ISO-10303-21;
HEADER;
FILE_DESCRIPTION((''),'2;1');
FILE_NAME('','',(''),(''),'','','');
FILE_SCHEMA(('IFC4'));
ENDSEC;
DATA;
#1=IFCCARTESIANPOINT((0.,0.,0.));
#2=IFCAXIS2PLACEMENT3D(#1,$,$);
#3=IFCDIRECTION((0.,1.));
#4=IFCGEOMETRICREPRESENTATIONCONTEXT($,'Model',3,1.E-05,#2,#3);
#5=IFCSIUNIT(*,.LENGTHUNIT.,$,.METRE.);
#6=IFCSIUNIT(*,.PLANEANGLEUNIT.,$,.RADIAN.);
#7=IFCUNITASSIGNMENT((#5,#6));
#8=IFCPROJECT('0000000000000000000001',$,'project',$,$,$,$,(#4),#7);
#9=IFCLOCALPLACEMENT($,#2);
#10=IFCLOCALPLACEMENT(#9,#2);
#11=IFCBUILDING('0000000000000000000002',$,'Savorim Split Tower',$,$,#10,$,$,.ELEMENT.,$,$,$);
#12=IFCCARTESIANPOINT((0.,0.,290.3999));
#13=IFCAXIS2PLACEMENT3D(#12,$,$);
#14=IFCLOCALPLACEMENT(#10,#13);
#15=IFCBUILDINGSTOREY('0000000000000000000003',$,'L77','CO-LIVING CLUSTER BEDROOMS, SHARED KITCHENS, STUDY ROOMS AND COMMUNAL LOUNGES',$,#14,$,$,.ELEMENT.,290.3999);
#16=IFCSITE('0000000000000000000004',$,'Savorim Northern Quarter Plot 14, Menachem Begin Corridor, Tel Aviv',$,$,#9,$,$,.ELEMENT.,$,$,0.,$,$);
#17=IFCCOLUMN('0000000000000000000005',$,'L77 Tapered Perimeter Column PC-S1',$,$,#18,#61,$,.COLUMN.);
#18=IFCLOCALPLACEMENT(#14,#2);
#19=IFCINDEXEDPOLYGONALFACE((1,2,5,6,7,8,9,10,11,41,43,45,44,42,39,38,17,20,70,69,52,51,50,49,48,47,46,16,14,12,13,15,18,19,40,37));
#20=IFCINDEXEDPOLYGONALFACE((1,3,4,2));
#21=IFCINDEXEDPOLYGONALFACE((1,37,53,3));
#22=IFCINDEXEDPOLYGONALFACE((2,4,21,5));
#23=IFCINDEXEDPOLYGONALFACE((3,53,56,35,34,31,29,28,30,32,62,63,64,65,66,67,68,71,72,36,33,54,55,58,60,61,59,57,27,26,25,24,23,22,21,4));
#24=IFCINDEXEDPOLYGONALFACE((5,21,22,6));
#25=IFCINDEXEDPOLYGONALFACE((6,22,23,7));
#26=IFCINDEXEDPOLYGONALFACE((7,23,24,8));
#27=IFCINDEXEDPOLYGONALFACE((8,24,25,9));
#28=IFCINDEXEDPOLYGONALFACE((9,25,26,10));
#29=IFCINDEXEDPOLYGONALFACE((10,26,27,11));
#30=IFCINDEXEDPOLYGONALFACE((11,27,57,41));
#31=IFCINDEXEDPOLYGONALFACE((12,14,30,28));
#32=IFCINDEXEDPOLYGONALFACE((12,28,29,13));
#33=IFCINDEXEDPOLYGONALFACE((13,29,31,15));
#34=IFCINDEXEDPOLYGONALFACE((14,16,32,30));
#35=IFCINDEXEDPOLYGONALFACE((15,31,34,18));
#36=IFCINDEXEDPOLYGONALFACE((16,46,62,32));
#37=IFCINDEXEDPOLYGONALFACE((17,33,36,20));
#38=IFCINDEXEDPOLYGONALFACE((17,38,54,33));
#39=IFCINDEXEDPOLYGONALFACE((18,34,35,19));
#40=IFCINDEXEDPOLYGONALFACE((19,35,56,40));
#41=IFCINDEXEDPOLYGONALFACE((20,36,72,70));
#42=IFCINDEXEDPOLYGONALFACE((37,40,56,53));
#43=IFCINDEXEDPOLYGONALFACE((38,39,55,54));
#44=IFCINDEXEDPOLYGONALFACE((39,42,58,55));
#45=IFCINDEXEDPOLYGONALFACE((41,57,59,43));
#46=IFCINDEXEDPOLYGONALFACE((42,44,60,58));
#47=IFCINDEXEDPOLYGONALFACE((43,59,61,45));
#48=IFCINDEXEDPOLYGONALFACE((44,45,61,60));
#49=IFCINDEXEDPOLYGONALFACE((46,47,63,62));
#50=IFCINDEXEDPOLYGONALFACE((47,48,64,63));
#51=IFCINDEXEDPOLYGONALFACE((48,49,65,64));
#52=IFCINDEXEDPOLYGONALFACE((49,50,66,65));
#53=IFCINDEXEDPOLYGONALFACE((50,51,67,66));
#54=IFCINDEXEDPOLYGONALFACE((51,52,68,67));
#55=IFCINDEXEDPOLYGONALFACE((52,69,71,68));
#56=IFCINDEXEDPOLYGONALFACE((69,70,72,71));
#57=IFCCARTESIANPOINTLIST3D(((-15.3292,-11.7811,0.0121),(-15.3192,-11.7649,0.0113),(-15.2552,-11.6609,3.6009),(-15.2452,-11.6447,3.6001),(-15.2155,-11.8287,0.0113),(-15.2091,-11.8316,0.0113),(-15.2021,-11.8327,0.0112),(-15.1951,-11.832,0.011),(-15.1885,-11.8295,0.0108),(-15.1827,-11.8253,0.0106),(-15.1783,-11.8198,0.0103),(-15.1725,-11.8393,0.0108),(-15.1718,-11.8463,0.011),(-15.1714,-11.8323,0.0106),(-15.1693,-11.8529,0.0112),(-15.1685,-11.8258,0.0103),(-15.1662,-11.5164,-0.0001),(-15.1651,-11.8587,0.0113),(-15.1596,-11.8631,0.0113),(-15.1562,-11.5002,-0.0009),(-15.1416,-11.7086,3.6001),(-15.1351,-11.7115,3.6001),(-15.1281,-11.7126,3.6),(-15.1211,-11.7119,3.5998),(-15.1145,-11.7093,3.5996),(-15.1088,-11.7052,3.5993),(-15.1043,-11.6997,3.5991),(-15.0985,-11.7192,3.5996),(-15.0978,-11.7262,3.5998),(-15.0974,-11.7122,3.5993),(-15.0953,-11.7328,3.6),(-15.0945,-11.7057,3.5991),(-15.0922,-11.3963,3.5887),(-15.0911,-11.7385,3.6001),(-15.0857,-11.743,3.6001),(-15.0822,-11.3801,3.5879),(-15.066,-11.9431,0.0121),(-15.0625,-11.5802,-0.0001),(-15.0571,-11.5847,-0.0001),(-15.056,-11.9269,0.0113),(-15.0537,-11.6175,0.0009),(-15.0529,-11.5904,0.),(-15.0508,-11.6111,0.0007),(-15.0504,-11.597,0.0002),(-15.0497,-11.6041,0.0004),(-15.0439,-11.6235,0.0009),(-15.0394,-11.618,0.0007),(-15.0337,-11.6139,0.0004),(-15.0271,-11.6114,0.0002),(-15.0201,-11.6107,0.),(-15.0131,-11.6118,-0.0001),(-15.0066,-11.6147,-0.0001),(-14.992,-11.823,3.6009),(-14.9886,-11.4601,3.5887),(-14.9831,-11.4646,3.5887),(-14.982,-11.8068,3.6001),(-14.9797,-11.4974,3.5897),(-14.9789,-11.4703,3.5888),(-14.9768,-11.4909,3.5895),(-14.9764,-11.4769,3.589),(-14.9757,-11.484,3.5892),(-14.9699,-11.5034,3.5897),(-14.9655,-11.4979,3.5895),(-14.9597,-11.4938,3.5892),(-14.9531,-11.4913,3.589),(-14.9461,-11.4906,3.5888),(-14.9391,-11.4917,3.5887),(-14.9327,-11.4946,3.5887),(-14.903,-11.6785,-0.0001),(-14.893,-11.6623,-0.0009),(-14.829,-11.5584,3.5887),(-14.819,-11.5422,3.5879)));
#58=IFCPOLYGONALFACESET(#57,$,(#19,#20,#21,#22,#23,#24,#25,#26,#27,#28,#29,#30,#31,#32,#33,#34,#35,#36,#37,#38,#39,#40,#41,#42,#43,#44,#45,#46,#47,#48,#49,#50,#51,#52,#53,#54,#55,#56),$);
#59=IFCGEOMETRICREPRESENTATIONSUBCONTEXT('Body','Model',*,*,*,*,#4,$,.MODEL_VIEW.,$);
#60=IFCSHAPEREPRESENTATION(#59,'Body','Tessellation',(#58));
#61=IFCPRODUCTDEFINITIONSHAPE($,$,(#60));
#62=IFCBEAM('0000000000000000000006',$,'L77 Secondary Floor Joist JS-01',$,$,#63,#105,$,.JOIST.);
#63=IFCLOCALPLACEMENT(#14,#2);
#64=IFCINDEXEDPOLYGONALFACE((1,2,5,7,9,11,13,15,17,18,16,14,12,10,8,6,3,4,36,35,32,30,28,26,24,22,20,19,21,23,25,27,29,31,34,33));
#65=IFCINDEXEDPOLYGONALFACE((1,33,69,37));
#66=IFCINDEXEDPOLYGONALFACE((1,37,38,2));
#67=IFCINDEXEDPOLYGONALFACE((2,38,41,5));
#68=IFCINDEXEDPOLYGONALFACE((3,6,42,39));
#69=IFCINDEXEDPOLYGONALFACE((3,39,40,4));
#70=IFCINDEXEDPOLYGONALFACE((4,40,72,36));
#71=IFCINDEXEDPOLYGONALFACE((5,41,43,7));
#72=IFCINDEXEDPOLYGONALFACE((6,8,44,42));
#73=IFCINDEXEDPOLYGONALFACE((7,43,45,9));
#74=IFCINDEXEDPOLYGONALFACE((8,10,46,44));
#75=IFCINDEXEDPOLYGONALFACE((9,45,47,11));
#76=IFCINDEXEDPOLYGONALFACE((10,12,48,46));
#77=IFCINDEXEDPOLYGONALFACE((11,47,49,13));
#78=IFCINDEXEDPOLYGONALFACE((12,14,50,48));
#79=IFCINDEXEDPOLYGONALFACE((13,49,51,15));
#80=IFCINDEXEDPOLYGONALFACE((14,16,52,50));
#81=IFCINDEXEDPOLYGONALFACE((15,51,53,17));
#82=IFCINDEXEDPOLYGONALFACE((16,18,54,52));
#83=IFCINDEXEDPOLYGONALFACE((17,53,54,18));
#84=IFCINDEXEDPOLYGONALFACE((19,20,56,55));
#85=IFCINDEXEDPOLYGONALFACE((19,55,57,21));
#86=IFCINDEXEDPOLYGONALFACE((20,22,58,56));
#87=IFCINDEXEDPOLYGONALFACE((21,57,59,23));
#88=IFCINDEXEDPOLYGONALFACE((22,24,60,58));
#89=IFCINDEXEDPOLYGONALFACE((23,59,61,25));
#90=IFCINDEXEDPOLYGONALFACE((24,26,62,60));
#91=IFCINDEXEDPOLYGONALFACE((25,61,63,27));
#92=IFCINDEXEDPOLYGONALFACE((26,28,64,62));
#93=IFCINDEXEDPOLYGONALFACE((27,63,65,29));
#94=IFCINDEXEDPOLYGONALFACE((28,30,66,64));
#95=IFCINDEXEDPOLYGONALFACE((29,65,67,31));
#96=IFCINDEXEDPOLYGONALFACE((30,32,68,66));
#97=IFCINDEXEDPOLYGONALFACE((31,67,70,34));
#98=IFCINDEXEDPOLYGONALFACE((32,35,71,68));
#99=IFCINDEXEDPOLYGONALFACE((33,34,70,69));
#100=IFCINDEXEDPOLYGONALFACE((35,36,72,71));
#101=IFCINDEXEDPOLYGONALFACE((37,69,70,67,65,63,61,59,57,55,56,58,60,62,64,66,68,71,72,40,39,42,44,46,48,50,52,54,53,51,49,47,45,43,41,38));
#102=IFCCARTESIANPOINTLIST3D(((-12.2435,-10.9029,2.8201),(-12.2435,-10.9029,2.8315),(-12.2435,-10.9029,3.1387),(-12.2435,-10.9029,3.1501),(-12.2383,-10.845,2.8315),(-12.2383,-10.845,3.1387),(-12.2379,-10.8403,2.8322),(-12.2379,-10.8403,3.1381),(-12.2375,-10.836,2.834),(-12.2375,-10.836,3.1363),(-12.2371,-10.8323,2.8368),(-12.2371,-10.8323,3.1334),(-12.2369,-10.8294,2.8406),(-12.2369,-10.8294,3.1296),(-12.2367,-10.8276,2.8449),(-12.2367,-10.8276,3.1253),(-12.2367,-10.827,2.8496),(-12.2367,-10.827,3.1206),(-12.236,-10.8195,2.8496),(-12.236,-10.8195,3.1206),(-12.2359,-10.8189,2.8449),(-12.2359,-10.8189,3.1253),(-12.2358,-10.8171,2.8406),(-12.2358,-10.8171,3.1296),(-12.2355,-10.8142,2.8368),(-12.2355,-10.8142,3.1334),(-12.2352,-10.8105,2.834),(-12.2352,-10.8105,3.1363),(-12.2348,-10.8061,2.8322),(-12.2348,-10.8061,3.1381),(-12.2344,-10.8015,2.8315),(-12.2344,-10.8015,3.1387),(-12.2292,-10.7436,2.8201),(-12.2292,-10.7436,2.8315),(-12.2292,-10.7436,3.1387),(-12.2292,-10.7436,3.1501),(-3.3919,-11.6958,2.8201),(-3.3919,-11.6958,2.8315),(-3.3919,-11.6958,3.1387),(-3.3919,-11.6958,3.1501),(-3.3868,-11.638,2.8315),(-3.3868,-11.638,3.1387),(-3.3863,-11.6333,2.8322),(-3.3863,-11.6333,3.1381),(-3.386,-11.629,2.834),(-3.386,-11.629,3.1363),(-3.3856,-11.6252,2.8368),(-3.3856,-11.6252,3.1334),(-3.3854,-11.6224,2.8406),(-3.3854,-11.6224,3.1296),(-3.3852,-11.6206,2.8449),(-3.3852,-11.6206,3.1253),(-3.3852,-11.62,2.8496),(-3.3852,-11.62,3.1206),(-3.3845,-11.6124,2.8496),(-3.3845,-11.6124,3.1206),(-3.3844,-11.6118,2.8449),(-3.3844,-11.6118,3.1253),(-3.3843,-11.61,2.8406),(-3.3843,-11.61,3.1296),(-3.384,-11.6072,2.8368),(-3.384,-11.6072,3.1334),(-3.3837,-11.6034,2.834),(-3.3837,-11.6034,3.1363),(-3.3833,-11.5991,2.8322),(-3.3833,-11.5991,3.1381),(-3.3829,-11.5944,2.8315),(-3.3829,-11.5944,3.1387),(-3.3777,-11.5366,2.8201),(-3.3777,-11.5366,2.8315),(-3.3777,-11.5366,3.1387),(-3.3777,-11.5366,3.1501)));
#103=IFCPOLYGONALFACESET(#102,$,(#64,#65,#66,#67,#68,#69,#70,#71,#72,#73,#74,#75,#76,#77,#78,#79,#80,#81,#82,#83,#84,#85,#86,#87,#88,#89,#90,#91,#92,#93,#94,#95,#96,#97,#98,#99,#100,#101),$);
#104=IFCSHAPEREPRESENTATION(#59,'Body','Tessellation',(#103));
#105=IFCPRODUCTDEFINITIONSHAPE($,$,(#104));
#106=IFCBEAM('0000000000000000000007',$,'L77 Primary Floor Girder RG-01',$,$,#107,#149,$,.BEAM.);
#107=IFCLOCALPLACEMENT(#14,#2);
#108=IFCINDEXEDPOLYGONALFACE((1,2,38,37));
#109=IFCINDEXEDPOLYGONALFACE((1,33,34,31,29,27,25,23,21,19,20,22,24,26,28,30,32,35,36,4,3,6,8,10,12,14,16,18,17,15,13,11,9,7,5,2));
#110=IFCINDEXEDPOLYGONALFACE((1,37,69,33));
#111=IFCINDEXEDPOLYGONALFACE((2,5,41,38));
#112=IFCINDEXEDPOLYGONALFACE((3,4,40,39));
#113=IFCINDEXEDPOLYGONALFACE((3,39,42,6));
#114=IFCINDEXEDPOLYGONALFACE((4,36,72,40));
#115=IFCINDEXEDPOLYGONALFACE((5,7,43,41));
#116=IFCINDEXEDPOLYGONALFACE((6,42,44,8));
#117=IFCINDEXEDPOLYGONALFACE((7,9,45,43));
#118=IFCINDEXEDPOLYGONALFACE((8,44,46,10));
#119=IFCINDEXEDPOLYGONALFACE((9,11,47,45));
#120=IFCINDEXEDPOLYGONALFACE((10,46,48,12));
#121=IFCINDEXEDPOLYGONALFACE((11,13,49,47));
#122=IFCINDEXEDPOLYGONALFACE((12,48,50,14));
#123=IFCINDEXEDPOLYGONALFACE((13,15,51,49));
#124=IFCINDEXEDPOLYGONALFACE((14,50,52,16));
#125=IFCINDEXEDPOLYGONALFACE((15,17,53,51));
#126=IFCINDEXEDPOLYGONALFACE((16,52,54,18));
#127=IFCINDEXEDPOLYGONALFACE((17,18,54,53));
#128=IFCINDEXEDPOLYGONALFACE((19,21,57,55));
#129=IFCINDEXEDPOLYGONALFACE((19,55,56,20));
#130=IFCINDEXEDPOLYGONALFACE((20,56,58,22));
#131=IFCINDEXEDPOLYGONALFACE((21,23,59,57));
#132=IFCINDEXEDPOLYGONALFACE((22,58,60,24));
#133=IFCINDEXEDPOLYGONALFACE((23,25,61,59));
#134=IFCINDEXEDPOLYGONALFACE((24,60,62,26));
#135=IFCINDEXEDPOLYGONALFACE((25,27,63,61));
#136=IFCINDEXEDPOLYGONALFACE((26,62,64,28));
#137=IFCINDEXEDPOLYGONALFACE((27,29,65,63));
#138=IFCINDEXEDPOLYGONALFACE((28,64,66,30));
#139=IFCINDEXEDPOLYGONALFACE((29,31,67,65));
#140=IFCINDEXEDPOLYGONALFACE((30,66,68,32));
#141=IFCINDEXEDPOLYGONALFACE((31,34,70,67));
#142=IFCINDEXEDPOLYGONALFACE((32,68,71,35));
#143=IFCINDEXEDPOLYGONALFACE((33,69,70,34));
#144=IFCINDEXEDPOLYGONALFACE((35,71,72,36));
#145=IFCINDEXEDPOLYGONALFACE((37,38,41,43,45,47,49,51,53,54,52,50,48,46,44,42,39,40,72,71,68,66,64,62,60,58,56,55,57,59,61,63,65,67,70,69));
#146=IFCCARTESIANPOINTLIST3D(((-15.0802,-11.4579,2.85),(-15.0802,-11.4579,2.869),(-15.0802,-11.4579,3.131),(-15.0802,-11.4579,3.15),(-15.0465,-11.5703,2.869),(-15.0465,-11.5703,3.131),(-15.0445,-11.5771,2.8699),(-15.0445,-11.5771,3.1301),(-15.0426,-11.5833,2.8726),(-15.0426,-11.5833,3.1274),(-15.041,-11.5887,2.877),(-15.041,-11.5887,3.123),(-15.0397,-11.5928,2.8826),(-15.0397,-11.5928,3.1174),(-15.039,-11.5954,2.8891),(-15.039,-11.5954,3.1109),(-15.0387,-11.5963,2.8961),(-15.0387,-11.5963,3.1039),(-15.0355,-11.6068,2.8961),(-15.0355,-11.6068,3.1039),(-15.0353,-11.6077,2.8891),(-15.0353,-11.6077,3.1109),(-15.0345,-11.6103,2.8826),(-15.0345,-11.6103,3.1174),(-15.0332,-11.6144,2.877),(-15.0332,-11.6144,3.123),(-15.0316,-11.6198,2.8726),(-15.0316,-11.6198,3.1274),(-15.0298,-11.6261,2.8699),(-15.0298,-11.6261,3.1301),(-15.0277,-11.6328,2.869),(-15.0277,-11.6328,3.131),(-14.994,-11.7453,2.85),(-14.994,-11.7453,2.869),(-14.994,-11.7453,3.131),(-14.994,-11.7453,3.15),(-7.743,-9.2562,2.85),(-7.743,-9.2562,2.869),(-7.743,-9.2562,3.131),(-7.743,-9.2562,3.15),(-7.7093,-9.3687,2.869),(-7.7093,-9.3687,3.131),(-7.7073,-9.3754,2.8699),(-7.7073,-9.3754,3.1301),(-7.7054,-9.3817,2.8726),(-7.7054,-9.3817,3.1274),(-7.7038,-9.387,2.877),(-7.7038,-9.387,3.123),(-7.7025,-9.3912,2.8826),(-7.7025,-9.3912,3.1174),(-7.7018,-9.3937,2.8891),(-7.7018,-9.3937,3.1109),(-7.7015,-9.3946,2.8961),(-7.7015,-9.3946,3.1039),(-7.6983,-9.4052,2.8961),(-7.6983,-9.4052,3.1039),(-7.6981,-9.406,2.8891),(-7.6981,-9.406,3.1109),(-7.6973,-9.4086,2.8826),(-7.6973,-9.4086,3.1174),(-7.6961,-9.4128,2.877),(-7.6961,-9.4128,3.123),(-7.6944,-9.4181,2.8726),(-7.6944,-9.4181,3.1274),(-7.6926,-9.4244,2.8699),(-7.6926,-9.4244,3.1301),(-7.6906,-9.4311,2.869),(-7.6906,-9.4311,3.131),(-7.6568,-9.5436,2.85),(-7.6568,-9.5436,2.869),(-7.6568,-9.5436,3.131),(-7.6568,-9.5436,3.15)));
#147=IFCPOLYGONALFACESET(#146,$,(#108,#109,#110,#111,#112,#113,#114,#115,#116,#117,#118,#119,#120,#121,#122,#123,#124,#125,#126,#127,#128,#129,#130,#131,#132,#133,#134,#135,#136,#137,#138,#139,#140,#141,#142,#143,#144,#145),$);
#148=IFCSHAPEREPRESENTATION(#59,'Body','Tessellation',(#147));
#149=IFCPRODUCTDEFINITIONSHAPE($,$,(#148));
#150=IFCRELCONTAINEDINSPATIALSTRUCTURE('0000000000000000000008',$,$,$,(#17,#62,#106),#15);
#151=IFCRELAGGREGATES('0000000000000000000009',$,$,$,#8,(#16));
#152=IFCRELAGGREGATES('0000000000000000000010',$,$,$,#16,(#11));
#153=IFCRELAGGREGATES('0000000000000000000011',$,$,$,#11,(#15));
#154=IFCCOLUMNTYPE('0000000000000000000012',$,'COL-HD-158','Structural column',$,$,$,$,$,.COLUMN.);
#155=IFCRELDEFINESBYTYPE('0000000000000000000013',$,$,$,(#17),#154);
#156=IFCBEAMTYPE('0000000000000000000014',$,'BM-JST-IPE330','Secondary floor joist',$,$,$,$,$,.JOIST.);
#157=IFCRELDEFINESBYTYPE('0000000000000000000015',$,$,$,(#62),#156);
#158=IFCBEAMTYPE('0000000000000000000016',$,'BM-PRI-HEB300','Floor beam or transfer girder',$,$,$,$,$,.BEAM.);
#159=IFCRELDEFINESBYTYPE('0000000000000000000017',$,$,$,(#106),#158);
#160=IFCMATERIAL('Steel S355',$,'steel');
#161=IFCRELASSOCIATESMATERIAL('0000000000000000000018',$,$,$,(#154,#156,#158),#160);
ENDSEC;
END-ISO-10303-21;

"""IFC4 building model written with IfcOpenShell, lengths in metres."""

from ifc_helpers import new_model, si_unit, direction, frame, origin, origin_2d, place, context, subcontext, project, spatial, i_section, extrude, material, material_profile, profile_set, type_object, element, save


model = new_model("IFC4")

# Units and contexts
model_context = context("Model", 3, precision=1e-05, world=origin(), true_north=direction((0.0, 1.0)))
body_context = subcontext(model_context, "Body", "Model", "MODEL_VIEW")
ifc_project = project(units=[si_unit("LENGTHUNIT", "METRE"), si_unit("PLANEANGLEUNIT", "RADIAN")], contexts=[model_context])

# Site, building, storey
site_placement = place(None, origin())
site = spatial("IfcSite", under=ifc_project, at=site_placement, Name="Savorim Northern Quarter Plot 14, Menachem Begin Corridor, Tel Aviv", CompositionType="ELEMENT", RefElevation=0.0)
building_placement = place(site_placement, origin())
building = spatial("IfcBuilding", under=site, at=building_placement, Name="Savorim Split Tower", CompositionType="ELEMENT")
storey_placement = place(building_placement, frame((0.0, 0.0, 290.3999)))
storey = spatial("IfcBuildingStorey", under=building, at=storey_placement, Name="L77", Description="CO-LIVING CLUSTER BEDROOMS, SHARED KITCHENS, STUDY ROOMS AND COMMUNAL LOUNGES", CompositionType="ELEMENT", Elevation=290.3999)

# Column
ifc_material_1 = material(Name="Steel S355", Category="steel")
ifc_material_profile_1 = material_profile(ifc_material_1, i_section(OverallWidth=0.3091, OverallDepth=0.3301, WebThickness=0.0115, FlangeThickness=0.019, FilletRadius=0.0271, at=origin_2d()), Name="HD 320x158")
ifc_profile_set_1 = profile_set([ifc_material_profile_1], Name="Steel S355")
column_type = type_object("IfcColumnType", Name="COL-HD-158", Description="Structural column", PredefinedType="COLUMN", material=ifc_profile_set_1)
column_placement = place(storey_placement, frame((-15.1111, -11.7217, 0.0056), z_axis=(0.020596, 0.033444, 0.999228), x_axis=(-0.85148, 0.524387, 0.0)))
element("IfcColumn", 1, at=column_placement, inside=storey, type_object=column_type, Name="L77 Tapered Perimeter Column PC-S1", PredefinedType="COLUMN", context=body_context, shape_type="SweptSolid", body=[
    extrude(i_section(OverallWidth=0.3091, OverallDepth=0.3301, WebThickness=0.0115, FlangeThickness=0.019, FilletRadius=0.0271, at=origin_2d()), origin(), (0.0, 0.0, 1.0), 3.5916),
])

# Beams
ifc_material_profile_2 = material_profile(ifc_material_1, i_section(OverallWidth=0.1599, OverallDepth=0.3301, WebThickness=0.0076, FlangeThickness=0.0115, FilletRadius=0.0181, at=origin_2d()), Name="IPE 330")
ifc_profile_set_2 = profile_set([ifc_material_profile_2], Name="Steel S355")
beam_type_1 = type_object("IfcBeamType", Name="BM-JST-IPE330", Description="Secondary floor joist", PredefinedType="JOIST", material=ifc_profile_set_2)
beam_1_placement = place(storey_placement, frame((-12.2363, -10.8232, 2.9851), z_axis=(0.996011, -0.089228, 0.0), x_axis=(0.089228, 0.996011, 0.0)))
element("IfcBeam", 2, at=beam_1_placement, inside=storey, type_object=beam_type_1, Name="L77 Secondary Floor Joist JS-01", PredefinedType="JOIST", context=body_context, shape_type="SweptSolid", body=[
    extrude(i_section(OverallWidth=0.1599, OverallDepth=0.3301, WebThickness=0.0076, FlangeThickness=0.0115, FilletRadius=0.0181, at=origin_2d()), origin(), (0.0, 0.0, 1.0), 8.887),
])
ifc_material_profile_3 = material_profile(ifc_material_1, i_section(OverallWidth=0.3, OverallDepth=0.3, WebThickness=0.011, FlangeThickness=0.019, FilletRadius=0.0271, at=origin_2d()), Name="HEB 300")
ifc_profile_set_3 = profile_set([ifc_material_profile_3], Name="Steel S355")
beam_type_2 = type_object("IfcBeamType", Name="BM-PRI-HEB300", Description="Floor beam or transfer girder", PredefinedType="BEAM", material=ifc_profile_set_3)
beam_2_placement = place(storey_placement, frame((-15.0371, -11.6016, 3.0), z_axis=(0.957808, 0.287409, 0.0), x_axis=(-0.287409, 0.957808, 0.0)))
element("IfcBeam", 3, at=beam_2_placement, inside=storey, type_object=beam_type_2, Name="L77 Primary Floor Girder RG-01", PredefinedType="BEAM", context=body_context, shape_type="SweptSolid", body=[
    extrude(i_section(OverallWidth=0.3, OverallDepth=0.3, WebThickness=0.011, FlangeThickness=0.019, FilletRadius=0.0271, at=origin_2d()), origin(), (0.0, 0.0, 1.0), 7.6604),
])

save(model, "model.ifc")
